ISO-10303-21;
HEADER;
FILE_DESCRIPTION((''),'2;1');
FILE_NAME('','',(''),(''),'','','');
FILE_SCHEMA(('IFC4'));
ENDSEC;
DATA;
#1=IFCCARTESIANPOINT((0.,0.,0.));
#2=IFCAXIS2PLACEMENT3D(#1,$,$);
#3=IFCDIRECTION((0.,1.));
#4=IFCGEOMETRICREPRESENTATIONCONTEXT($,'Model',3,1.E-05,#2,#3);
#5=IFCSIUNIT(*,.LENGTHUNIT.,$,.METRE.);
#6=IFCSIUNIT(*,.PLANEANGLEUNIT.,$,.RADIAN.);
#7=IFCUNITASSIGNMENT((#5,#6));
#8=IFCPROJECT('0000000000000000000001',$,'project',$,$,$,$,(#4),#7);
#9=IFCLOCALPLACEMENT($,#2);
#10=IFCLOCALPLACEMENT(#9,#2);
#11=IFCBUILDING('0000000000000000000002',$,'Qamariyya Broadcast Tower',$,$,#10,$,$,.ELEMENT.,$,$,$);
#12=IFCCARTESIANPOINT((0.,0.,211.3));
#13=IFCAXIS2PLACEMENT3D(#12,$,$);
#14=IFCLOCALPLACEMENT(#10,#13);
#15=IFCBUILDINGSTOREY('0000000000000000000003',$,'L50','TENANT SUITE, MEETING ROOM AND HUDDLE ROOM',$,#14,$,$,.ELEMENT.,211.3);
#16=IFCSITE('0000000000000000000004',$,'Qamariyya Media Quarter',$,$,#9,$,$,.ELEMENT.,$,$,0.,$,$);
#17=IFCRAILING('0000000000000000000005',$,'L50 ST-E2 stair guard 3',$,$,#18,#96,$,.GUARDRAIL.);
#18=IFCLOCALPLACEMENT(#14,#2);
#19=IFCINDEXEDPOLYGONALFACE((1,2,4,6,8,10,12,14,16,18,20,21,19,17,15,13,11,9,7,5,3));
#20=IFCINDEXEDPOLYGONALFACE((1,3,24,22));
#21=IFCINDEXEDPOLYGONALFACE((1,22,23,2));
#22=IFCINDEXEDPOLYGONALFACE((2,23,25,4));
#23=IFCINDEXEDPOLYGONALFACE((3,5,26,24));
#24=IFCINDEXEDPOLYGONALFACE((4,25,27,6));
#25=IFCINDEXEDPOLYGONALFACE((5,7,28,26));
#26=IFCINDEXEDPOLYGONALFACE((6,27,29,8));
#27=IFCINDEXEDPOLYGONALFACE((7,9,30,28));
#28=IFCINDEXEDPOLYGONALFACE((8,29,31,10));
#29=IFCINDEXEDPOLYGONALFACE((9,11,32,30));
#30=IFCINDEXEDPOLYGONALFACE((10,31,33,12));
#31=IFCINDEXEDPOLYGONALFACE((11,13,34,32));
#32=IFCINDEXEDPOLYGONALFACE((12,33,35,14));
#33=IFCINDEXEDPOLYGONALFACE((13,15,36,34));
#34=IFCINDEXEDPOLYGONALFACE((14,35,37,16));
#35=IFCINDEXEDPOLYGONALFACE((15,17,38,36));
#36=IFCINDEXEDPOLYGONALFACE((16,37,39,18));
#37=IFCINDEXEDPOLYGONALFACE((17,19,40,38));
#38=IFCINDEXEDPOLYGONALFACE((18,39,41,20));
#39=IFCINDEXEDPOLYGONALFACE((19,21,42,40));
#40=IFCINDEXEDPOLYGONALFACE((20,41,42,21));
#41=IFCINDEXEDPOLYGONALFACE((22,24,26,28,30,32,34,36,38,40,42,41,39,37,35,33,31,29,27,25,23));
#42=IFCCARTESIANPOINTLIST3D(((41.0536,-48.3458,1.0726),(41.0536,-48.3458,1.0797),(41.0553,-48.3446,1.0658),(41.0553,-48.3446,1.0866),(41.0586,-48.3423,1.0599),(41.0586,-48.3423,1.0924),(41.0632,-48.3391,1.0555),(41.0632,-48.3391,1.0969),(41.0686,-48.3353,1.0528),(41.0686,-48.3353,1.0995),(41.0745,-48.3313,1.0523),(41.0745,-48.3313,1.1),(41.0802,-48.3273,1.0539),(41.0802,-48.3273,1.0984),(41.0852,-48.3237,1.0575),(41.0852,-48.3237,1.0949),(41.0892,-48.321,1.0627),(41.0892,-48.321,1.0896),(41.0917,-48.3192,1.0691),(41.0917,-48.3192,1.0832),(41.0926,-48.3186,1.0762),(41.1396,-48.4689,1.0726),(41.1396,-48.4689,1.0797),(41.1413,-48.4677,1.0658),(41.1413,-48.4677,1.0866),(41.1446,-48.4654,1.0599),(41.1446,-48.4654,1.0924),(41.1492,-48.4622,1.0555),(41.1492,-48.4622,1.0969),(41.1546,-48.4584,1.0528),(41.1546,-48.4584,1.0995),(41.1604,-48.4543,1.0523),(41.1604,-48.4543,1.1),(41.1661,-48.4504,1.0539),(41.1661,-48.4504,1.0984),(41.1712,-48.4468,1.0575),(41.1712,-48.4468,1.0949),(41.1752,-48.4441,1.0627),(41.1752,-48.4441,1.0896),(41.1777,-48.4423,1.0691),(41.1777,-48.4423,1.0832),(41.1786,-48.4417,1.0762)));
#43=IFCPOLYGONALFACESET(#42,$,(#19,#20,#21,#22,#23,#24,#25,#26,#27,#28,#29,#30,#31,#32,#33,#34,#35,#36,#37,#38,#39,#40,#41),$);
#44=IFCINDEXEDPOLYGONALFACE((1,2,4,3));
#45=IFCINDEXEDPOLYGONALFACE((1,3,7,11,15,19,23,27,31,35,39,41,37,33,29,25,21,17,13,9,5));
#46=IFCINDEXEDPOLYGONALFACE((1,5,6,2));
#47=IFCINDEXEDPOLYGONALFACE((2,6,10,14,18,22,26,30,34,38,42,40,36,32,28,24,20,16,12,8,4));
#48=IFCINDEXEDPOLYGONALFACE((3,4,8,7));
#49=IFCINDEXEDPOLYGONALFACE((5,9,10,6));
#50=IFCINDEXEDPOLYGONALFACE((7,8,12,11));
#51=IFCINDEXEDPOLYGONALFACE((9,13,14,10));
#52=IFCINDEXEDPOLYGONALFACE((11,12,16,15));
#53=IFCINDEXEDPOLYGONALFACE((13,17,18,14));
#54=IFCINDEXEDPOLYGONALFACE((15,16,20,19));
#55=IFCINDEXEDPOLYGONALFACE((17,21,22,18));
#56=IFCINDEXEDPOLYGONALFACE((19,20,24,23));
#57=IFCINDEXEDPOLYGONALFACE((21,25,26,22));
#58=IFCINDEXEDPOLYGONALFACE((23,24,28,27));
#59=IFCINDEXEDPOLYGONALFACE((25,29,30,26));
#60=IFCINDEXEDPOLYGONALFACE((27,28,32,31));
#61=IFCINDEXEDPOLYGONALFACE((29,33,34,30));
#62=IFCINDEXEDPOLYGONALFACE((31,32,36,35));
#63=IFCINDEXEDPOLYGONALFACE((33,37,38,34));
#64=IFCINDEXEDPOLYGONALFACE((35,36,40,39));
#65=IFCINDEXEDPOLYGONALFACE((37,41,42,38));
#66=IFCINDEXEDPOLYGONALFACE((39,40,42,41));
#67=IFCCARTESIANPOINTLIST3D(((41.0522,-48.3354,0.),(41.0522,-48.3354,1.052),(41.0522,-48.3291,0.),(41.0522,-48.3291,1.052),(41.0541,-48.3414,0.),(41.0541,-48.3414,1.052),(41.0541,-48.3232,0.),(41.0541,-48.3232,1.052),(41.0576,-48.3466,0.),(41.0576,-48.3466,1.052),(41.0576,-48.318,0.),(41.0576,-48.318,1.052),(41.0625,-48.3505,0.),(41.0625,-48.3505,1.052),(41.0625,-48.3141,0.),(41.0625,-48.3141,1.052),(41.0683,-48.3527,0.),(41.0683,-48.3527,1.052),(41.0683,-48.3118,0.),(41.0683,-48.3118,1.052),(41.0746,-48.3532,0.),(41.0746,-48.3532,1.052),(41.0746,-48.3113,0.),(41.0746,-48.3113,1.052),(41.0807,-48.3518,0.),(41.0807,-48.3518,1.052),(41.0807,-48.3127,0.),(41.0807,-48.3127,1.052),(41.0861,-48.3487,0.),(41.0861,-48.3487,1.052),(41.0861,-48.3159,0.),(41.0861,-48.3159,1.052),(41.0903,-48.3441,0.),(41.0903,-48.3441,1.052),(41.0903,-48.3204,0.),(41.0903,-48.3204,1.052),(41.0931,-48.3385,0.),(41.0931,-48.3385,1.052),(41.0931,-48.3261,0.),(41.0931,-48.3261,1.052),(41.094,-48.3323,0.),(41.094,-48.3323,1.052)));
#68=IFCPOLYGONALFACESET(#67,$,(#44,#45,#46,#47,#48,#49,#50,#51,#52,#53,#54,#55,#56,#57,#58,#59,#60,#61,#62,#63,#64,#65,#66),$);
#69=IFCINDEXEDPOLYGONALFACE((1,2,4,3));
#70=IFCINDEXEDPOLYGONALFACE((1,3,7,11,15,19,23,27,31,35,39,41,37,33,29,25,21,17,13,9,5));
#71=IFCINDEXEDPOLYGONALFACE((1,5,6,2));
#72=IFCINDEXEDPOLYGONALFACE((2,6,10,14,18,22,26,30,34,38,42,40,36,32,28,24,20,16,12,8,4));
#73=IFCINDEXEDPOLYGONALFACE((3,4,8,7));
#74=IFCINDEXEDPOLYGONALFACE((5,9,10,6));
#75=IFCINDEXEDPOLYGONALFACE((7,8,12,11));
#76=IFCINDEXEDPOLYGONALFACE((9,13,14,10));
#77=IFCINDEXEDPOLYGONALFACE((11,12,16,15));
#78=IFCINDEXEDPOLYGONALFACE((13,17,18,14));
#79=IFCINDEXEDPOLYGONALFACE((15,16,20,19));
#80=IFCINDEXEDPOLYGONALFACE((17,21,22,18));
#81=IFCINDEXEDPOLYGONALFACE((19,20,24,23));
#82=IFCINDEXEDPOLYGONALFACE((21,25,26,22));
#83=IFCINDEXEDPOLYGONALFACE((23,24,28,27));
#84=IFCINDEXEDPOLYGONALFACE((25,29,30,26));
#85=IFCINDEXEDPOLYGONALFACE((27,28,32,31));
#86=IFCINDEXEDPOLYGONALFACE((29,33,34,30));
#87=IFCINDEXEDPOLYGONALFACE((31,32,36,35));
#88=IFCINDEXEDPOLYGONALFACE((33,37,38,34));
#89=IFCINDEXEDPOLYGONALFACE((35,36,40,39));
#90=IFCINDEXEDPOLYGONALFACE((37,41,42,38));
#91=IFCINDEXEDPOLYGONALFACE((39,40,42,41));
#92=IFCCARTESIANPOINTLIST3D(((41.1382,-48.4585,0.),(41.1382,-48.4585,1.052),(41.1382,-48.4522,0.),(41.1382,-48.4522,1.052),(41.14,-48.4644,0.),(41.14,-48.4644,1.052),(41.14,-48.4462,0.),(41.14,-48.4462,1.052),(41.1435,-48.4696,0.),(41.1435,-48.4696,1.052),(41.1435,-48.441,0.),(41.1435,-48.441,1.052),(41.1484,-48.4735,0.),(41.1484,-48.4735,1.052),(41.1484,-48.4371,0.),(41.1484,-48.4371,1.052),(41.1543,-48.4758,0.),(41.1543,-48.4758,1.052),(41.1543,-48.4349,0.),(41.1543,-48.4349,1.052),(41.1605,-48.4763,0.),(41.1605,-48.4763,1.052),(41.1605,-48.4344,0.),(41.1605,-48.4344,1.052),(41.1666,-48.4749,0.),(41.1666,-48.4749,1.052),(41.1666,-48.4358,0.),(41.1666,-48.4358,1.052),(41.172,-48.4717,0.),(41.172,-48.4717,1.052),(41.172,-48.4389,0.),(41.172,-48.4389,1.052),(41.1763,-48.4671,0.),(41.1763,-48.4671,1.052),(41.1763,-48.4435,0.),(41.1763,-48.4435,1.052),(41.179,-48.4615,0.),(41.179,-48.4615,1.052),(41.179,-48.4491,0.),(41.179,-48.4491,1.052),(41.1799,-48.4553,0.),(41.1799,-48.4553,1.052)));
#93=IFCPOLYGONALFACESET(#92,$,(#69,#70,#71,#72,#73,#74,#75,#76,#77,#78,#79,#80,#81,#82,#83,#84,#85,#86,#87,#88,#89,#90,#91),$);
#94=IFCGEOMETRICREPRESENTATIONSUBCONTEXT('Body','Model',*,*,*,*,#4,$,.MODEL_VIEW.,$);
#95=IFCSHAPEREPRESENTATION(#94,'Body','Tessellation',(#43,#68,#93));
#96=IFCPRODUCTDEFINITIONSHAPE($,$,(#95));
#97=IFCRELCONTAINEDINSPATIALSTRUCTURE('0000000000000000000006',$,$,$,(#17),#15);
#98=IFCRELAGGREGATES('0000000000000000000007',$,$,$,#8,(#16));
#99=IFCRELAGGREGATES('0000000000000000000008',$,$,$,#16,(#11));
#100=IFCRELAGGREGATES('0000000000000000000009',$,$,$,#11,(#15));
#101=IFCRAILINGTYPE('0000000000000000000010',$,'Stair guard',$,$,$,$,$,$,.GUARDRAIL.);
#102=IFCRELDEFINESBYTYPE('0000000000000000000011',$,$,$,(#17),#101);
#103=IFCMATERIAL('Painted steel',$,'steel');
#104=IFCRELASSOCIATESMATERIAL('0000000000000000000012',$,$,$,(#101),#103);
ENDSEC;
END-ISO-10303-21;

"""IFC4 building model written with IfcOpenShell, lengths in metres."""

from ifc_helpers import new_model, si_unit, direction, frame, origin, origin_2d, place, context, subcontext, project, spatial, circle, extrude, material, type_object, element, save


model = new_model("IFC4")

# Units and contexts
model_context = context("Model", 3, precision=1e-05, world=origin(), true_north=direction((0.0, 1.0)))
body_context = subcontext(model_context, "Body", "Model", "MODEL_VIEW")
ifc_project = project(units=[si_unit("LENGTHUNIT", "METRE"), si_unit("PLANEANGLEUNIT", "RADIAN")], contexts=[model_context])

# Site, building, storey
site_placement = place(None, origin())
site = spatial("IfcSite", under=ifc_project, at=site_placement, Name="Qamariyya Media Quarter", CompositionType="ELEMENT", RefElevation=0.0)
building_placement = place(site_placement, origin())
building = spatial("IfcBuilding", under=site, at=building_placement, Name="Qamariyya Broadcast Tower", CompositionType="ELEMENT")
storey_placement = place(building_placement, frame((0.0, 0.0, 211.3)))
storey = spatial("IfcBuildingStorey", under=building, at=storey_placement, Name="L50", Description="TENANT SUITE, MEETING ROOM AND HUDDLE ROOM", CompositionType="ELEMENT", Elevation=211.3)

# Railing
ifc_material_1 = material(Name="Painted steel", Category="steel")
railing_type_1 = type_object("IfcRailingType", Name="Stair guard", PredefinedType="GUARDRAIL", material=ifc_material_1)
railing_1_placement = place(storey_placement, frame((41.073, -48.3323, 0.0)))
element("IfcRailing", 1, at=railing_1_placement, inside=storey, type_object=railing_type_1, Name="L50 ST-E2 stair guard 3", PredefinedType="GUARDRAIL", context=body_context, shape_type="SweptSolid", body=[
    extrude(circle(Radius=0.0239, at=origin_2d()), frame((0.0, 0.0, 1.0762), z_axis=(0.572589, -0.819843, 0.0), x_axis=(0.819843, 0.572589, 0.0)), (0.0, 0.0, 1.0), 0.1501),
    extrude(circle(Radius=0.021, at=origin_2d()), origin(), (0.0, 0.0, 1.0), 1.052),
    extrude(circle(Radius=0.021, at=origin_2d()), frame((0.0859, -0.123, 0.0)), (0.0, 0.0, 1.0), 1.052),
])

save(model, "model.ifc")
